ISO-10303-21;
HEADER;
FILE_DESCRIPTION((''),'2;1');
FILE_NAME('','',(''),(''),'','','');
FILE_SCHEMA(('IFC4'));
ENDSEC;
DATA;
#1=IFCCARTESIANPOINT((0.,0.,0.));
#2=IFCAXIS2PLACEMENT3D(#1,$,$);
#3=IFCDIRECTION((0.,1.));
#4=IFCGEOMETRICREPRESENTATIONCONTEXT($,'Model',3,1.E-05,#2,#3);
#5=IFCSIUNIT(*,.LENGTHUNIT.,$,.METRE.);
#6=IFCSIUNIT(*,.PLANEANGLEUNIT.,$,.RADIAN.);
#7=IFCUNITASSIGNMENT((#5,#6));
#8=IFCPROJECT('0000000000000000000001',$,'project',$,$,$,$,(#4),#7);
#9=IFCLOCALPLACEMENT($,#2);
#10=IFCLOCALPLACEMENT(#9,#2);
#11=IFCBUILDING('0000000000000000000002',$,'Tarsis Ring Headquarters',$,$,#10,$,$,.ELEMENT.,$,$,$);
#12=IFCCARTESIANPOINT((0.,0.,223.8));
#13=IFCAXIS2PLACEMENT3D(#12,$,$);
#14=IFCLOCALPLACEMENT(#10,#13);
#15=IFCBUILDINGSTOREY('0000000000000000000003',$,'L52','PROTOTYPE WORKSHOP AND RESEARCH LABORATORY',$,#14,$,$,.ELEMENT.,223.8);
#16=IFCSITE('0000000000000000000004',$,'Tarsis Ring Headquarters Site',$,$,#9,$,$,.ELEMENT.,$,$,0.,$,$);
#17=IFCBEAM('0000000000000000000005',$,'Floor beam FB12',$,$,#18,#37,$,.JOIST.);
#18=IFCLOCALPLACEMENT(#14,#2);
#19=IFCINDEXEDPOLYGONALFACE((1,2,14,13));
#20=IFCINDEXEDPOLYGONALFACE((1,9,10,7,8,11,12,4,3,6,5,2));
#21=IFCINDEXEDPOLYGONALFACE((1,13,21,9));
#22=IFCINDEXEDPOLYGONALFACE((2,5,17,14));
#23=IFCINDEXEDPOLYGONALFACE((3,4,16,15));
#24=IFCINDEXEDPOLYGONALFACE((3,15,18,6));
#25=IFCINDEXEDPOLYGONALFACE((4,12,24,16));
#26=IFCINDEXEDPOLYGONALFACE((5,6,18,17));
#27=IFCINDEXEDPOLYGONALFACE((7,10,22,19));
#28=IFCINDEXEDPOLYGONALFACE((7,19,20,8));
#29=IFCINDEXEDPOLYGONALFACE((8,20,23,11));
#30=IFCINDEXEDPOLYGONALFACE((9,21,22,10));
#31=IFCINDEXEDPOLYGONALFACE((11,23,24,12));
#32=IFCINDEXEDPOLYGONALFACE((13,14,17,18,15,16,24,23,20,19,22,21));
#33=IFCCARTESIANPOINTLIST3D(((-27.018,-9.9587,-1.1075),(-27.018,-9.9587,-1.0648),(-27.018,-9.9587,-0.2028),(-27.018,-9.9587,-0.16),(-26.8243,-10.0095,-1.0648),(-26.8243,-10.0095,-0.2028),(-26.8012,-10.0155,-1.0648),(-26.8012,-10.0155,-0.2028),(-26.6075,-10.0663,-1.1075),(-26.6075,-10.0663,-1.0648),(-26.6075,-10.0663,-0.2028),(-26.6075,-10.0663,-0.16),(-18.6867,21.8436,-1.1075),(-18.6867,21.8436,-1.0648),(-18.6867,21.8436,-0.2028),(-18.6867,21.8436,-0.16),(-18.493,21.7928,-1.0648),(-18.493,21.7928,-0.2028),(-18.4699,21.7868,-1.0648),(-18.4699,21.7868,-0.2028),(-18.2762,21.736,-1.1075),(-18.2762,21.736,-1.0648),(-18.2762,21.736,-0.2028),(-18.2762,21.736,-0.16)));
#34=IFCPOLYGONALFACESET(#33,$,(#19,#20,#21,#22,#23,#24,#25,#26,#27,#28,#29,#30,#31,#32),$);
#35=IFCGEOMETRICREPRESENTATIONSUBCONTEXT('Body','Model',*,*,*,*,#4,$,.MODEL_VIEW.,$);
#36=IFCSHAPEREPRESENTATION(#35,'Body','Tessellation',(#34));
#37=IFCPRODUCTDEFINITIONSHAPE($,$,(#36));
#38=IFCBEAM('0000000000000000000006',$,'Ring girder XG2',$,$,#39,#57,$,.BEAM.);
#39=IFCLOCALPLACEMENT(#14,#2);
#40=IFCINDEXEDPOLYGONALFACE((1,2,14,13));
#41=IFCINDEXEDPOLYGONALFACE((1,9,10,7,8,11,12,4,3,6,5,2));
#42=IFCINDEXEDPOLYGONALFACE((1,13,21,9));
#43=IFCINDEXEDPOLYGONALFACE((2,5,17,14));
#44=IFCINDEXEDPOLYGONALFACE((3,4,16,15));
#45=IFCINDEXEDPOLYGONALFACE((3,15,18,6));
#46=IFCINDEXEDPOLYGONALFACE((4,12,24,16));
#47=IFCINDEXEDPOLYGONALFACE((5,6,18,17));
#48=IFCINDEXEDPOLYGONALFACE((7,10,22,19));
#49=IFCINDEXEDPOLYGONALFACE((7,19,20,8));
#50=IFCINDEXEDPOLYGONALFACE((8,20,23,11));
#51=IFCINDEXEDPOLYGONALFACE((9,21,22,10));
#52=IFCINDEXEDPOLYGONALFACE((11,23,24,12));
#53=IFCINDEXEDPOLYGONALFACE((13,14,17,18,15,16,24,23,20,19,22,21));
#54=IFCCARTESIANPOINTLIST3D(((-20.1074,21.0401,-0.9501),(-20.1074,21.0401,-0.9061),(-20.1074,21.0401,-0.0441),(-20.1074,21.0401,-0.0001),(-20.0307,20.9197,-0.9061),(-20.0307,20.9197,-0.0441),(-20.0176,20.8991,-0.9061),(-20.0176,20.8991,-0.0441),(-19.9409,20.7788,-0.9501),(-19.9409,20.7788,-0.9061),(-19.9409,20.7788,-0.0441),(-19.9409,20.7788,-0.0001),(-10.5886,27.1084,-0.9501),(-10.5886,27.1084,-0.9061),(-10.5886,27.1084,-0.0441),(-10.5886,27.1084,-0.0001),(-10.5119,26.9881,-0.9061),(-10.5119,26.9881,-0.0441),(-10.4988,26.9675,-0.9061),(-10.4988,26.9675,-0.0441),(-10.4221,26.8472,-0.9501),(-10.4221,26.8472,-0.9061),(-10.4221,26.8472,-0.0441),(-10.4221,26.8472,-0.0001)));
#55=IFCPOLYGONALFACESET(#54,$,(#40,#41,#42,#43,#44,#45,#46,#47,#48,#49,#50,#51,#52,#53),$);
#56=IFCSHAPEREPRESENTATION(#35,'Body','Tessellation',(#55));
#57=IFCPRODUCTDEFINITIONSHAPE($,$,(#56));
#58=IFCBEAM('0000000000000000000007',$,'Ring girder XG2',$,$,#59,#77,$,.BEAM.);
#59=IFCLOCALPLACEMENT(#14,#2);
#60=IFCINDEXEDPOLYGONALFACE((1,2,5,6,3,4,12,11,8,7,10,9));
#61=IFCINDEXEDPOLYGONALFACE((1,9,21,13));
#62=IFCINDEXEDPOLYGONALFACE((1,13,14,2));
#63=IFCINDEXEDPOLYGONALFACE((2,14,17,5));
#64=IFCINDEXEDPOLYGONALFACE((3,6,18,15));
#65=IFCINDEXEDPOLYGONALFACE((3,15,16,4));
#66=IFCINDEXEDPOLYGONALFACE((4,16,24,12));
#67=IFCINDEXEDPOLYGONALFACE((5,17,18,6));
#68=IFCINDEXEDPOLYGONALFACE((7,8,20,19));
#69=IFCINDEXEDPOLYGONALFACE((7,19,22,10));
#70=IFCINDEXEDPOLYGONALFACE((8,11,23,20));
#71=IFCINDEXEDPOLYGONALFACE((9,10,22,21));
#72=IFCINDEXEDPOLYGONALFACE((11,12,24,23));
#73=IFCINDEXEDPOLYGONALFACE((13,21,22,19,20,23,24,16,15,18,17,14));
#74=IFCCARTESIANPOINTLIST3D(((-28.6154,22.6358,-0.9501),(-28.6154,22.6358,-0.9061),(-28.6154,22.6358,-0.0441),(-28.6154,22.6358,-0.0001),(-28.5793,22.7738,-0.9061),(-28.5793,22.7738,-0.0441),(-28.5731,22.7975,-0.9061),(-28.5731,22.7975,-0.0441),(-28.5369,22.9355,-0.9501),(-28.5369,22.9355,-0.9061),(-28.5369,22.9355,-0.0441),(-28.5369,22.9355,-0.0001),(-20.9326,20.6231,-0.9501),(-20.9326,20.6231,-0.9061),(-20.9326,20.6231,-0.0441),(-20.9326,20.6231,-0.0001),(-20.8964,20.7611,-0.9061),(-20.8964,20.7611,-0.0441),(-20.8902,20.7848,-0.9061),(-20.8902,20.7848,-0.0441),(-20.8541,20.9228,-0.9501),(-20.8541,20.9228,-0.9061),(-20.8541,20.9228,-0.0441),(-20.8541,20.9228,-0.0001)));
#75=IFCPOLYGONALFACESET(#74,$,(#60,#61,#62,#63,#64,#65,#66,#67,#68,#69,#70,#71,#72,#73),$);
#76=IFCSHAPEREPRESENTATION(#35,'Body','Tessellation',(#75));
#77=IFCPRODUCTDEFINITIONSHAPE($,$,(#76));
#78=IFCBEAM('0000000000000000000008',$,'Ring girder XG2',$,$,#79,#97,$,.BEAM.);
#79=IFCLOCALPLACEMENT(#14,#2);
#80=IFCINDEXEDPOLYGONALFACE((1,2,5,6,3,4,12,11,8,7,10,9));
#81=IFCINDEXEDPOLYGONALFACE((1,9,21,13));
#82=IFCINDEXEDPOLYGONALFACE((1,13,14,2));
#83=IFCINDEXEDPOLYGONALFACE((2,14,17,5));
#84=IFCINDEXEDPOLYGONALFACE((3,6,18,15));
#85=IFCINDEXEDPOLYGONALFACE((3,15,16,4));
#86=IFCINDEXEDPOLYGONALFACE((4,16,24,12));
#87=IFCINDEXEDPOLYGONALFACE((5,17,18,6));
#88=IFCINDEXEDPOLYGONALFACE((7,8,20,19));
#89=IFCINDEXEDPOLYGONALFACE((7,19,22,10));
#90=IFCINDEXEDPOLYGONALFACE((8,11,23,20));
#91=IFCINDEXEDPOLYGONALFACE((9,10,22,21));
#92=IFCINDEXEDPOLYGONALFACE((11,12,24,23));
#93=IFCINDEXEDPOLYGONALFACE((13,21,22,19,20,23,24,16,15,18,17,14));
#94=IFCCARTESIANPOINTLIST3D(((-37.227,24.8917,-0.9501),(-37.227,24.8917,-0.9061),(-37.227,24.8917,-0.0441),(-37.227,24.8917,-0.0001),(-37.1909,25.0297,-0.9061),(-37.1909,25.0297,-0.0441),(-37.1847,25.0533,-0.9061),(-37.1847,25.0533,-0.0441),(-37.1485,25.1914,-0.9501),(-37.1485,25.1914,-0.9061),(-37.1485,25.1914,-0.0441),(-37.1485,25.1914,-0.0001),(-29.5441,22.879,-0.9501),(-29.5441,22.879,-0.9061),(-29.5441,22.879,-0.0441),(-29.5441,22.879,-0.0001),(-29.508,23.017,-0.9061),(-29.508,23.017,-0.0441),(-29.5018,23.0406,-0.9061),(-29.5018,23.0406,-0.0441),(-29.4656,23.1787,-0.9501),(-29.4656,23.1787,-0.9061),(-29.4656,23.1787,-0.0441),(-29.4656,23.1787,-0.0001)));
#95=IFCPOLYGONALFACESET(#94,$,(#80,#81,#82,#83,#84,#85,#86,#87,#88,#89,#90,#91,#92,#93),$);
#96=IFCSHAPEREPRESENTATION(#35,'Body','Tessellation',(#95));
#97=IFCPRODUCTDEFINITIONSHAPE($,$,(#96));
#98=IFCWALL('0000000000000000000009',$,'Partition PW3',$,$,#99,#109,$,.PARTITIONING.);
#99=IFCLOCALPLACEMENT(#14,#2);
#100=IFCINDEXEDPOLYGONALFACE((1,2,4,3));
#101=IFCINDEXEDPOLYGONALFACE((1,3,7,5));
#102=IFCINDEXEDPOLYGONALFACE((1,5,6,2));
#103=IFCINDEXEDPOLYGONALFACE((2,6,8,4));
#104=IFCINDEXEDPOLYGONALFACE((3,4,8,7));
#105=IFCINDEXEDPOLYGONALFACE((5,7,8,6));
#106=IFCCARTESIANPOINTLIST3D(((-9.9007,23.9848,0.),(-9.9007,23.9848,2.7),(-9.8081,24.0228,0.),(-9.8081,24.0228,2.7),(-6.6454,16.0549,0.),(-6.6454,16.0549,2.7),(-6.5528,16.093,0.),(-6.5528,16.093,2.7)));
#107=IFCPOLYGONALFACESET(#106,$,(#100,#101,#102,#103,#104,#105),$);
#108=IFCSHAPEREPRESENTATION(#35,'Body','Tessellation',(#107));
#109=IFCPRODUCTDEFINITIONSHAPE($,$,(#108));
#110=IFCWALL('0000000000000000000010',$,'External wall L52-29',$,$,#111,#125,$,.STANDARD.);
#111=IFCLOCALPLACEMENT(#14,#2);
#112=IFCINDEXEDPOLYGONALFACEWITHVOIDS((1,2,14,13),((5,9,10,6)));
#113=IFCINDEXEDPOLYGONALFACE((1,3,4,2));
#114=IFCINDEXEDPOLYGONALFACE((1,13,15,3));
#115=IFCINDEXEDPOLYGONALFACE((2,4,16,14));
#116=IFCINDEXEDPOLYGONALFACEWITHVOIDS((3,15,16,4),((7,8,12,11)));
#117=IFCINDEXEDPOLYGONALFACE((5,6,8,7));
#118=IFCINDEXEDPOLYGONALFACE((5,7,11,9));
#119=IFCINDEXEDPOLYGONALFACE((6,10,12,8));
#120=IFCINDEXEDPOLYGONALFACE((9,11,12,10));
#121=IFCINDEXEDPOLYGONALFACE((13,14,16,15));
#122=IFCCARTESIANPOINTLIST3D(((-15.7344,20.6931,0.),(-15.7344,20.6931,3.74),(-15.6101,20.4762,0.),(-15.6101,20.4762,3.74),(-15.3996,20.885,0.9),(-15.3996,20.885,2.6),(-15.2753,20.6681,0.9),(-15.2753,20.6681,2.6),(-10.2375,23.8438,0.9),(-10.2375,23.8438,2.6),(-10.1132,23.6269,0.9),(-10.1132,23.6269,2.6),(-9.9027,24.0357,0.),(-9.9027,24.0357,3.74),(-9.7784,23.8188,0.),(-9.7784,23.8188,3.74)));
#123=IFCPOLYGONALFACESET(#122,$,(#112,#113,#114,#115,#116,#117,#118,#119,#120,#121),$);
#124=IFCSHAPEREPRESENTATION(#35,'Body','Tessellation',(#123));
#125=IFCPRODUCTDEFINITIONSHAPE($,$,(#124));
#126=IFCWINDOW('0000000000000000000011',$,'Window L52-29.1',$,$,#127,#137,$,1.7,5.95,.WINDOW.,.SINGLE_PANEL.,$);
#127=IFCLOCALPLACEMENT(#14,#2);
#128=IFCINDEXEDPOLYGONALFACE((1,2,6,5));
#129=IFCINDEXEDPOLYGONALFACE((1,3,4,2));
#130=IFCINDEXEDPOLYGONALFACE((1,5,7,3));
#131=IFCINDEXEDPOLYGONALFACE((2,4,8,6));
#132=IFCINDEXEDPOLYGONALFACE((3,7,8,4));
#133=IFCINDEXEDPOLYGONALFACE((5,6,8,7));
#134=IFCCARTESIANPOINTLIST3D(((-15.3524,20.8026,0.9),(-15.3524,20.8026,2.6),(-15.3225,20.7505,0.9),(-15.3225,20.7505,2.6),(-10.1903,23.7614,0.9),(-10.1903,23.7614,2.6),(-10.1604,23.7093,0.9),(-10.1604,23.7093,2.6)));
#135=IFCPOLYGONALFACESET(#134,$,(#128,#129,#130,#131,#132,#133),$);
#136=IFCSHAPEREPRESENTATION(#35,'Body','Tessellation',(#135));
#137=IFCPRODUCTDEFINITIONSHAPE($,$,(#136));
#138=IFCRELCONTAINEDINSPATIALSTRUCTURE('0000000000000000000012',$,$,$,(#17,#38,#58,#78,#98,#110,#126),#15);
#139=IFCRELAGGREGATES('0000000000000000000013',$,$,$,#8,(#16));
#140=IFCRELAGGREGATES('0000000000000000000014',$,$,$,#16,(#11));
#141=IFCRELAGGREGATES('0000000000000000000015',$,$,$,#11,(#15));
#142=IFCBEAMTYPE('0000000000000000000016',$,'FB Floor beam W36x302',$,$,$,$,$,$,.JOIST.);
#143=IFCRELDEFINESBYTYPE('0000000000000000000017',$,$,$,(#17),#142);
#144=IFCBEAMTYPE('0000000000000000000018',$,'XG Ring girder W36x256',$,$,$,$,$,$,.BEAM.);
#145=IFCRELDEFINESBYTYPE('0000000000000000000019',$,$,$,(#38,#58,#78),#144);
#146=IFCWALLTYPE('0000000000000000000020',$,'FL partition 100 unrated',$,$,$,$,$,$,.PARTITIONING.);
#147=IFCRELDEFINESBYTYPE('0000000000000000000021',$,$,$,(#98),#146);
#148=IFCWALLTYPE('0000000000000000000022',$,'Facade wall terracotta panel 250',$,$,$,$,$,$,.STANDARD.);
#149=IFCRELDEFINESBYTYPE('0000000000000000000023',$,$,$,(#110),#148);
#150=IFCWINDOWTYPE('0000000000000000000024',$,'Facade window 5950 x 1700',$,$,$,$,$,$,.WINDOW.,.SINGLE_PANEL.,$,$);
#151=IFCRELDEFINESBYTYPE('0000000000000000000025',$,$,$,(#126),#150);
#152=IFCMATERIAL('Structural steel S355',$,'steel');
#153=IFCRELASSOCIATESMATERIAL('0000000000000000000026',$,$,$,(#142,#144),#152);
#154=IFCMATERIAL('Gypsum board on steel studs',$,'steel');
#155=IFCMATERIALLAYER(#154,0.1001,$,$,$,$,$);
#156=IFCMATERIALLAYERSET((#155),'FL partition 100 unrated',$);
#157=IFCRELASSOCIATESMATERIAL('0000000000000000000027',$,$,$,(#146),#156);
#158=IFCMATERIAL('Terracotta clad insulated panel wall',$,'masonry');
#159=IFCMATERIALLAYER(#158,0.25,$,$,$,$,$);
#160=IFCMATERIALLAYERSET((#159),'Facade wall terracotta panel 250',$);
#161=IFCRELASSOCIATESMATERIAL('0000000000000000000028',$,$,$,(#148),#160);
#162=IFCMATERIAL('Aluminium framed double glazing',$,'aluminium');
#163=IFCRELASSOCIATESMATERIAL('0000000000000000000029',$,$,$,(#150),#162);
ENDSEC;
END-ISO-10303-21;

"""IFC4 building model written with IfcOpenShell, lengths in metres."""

from ifc_helpers import new_model, si_unit, direction, frame, frame_2d, origin, origin_2d, place, context, subcontext, project, spatial, rectangle, i_section, extrude, material, layer, layer_set, material_profile, profile_set, type_object, element, fill, save


model = new_model("IFC4")

# Units and contexts
model_context = context("Model", 3, precision=1e-05, world=origin(), true_north=direction((0.0, 1.0)))
body_context = subcontext(model_context, "Body", "Model", "MODEL_VIEW")
ifc_project = project(units=[si_unit("LENGTHUNIT", "METRE"), si_unit("PLANEANGLEUNIT", "RADIAN")], contexts=[model_context])

# Site, building, storey
site_placement = place(None, origin())
site = spatial("IfcSite", under=ifc_project, at=site_placement, Name="Tarsis Ring Headquarters Site", CompositionType="ELEMENT", RefElevation=0.0)
building_placement = place(site_placement, origin())
building = spatial("IfcBuilding", under=site, at=building_placement, Name="Tarsis Ring Headquarters", CompositionType="ELEMENT")
storey_placement = place(building_placement, frame((0.0, 0.0, 223.8)))
storey = spatial("IfcBuildingStorey", under=building, at=storey_placement, Name="L52", Description="PROTOTYPE WORKSHOP AND RESEARCH LABORATORY", CompositionType="ELEMENT", Elevation=223.8)

# Shared definitions
ifc_material_1 = material(Name="Structural steel S355", Category="steel")

# Beams
ifc_material_profile_1 = material_profile(ifc_material_1, i_section(OverallWidth=0.3098, OverallDepth=0.95, WebThickness=0.0244, FlangeThickness=0.0439, at=origin_2d()), Name="W36x256")
ifc_profile_set_1 = profile_set([ifc_material_profile_1], Name="Structural steel S355")
ifc_material_profile_2 = material_profile(ifc_material_1, i_section(OverallWidth=0.4243, OverallDepth=0.9475, WebThickness=0.0239, FlangeThickness=0.0427, at=origin_2d()), Name="W36x302")
ifc_profile_set_2 = profile_set([ifc_material_profile_2], Name="Structural steel S355")
beam_type_1 = type_object("IfcBeamType", Name="FB Floor beam W36x302", PredefinedType="JOIST", material=ifc_profile_set_2)
beam_1_placement = place(storey_placement, frame((-18.4814, 21.7898, -0.6338), z_axis=(-0.25342, -0.967356, 0.0), x_axis=(0.967356, -0.25342, 0.0)))
element("IfcBeam", 1, at=beam_1_placement, inside=storey, type_object=beam_type_1, Name="Floor beam FB12", PredefinedType="JOIST", context=body_context, shape_type="SweptSolid", body=[
    extrude(i_section(OverallWidth=0.4243, OverallDepth=0.9475, WebThickness=0.0239, FlangeThickness=0.0427, at=origin_2d()), origin(), (0.0, 0.0, 1.0), 32.8755),
])
beam_type_2 = type_object("IfcBeamType", Name="XG Ring girder W36x256", PredefinedType="BEAM", material=ifc_profile_set_1)
beam_2_placement = place(storey_placement, frame((-10.5054, 26.9778, -0.4751), z_axis=(-0.843222, -0.537565, 0.0), x_axis=(0.537565, -0.843222, 0.0)))
element("IfcBeam", 2, at=beam_2_placement, inside=storey, type_object=beam_type_2, Name="Ring girder XG2", PredefinedType="BEAM", context=body_context, shape_type="SweptSolid", body=[
    extrude(i_section(OverallWidth=0.3098, OverallDepth=0.95, WebThickness=0.0244, FlangeThickness=0.0439, at=origin_2d()), origin(), (0.0, 0.0, 1.0), 11.2886),
])
for number, where, z_axis, x_axis, name in (
    (3, (-20.8933, 20.7729, -0.4751), (-0.967356, 0.25342, 0.0), (-0.25342, -0.967356, 0.0), "Ring girder XG2"),
    (4, (-29.5049, 23.0288, -0.4751), (-0.967356, 0.25342, 0.0), (-0.25342, -0.967356, 0.0), "Ring girder XG2"),
):
    element("IfcBeam", number, at=place(storey_placement, frame(where, z_axis=z_axis, x_axis=x_axis)), inside=storey, type_object=beam_type_2, Name=name, PredefinedType="BEAM", context=body_context, shape_type="SweptSolid", body=[
        extrude(i_section(OverallWidth=0.3098, OverallDepth=0.95, WebThickness=0.0244, FlangeThickness=0.0439, at=origin_2d()), origin(), (0.0, 0.0, 1.0), 7.9421),
    ])

# Wall
ifc_material_2 = material(Name="Gypsum board on steel studs", Category="steel")
ifc_layer_1 = layer(ifc_material_2, 0.1001)
ifc_layer_set_1 = layer_set([ifc_layer_1], Name="FL partition 100 unrated")
wall_type_1 = type_object("IfcWallType", Name="FL partition 100 unrated", PredefinedType="PARTITIONING", material=ifc_layer_set_1)
wall_1_placement = place(storey_placement, frame((-9.8545, 24.0039, 0.0), z_axis=(0.0, 0.0, 1.0), x_axis=(0.379763, -0.925084, 0.0)))
element("IfcWall", 5, at=wall_1_placement, inside=storey, type_object=wall_type_1, Name="Partition PW3", PredefinedType="PARTITIONING", context=body_context, shape_type="SweptSolid", body=[
    extrude(rectangle(XDim=8.572, YDim=0.1001, at=frame_2d((4.2861, 0.0))), origin(), (0.0, 0.0, 1.0), 2.7),
])

# Wall, opening, window
ifc_material_3 = material(Name="Terracotta clad insulated panel wall", Category="masonry")
ifc_layer_2 = layer(ifc_material_3, 0.25)
ifc_layer_set_2 = layer_set([ifc_layer_2], Name="Facade wall terracotta panel 250")
wall_type_2 = type_object("IfcWallType", Name="Facade wall terracotta panel 250", PredefinedType="STANDARD", material=ifc_layer_set_2)
wall_2_placement = place(storey_placement, frame((-9.8406, 23.9272, 0.0), z_axis=(0.0, 0.0, 1.0), x_axis=(-0.867587, -0.497285, 0.0)))
wall_2 = element("IfcWall", 6, at=wall_2_placement, inside=storey, type_object=wall_type_2, Name="External wall L52-29", PredefinedType="STANDARD", context=body_context, shape_type="SweptSolid", body=[
    extrude(rectangle(XDim=6.7217, YDim=0.25, at=frame_2d((3.3608, 0.0))), origin(), (0.0, 0.0, 1.0), 3.74),
])
opening_placement = place(wall_2_placement, frame((0.3857, 0.0, 0.8999)))
opening = element("IfcOpeningElement", 7, at=opening_placement, cuts=wall_2, PredefinedType="OPENING", context=body_context, shape_type="SweptSolid", body=[
    extrude(rectangle(XDim=5.95, YDim=1.7, at=frame_2d((2.9751, 0.8501))), frame((0.0, 0.135, 0.0), z_axis=(0.0, -1.0, 0.0), x_axis=(1.0, 0.0, 0.0)), (0.0, 0.0, 1.0), 0.27),
])
ifc_material_4 = material(Name="Aluminium framed double glazing", Category="aluminium")
window_type = type_object("IfcWindowType", Name="Facade window 5950 x 1700", PartitioningType="SINGLE_PANEL", PredefinedType="WINDOW", material=ifc_material_4)
window_placement = place(opening_placement, origin())
window = element("IfcWindow", 8, at=window_placement, inside=storey, type_object=window_type, Name="Window L52-29.1", OverallHeight=1.7, OverallWidth=5.95, PartitioningType="SINGLE_PANEL", PredefinedType="WINDOW", context=body_context, shape_type="SweptSolid", body=[
    extrude(rectangle(XDim=5.95, YDim=1.7, at=frame_2d((2.9751, 0.8501))), frame((0.0, 0.03, 0.0), z_axis=(0.0, -1.0, 0.0), x_axis=(1.0, 0.0, 0.0)), (0.0, 0.0, 1.0), 0.0601),
])
fill(opening, window)

save(model, "model.ifc")
